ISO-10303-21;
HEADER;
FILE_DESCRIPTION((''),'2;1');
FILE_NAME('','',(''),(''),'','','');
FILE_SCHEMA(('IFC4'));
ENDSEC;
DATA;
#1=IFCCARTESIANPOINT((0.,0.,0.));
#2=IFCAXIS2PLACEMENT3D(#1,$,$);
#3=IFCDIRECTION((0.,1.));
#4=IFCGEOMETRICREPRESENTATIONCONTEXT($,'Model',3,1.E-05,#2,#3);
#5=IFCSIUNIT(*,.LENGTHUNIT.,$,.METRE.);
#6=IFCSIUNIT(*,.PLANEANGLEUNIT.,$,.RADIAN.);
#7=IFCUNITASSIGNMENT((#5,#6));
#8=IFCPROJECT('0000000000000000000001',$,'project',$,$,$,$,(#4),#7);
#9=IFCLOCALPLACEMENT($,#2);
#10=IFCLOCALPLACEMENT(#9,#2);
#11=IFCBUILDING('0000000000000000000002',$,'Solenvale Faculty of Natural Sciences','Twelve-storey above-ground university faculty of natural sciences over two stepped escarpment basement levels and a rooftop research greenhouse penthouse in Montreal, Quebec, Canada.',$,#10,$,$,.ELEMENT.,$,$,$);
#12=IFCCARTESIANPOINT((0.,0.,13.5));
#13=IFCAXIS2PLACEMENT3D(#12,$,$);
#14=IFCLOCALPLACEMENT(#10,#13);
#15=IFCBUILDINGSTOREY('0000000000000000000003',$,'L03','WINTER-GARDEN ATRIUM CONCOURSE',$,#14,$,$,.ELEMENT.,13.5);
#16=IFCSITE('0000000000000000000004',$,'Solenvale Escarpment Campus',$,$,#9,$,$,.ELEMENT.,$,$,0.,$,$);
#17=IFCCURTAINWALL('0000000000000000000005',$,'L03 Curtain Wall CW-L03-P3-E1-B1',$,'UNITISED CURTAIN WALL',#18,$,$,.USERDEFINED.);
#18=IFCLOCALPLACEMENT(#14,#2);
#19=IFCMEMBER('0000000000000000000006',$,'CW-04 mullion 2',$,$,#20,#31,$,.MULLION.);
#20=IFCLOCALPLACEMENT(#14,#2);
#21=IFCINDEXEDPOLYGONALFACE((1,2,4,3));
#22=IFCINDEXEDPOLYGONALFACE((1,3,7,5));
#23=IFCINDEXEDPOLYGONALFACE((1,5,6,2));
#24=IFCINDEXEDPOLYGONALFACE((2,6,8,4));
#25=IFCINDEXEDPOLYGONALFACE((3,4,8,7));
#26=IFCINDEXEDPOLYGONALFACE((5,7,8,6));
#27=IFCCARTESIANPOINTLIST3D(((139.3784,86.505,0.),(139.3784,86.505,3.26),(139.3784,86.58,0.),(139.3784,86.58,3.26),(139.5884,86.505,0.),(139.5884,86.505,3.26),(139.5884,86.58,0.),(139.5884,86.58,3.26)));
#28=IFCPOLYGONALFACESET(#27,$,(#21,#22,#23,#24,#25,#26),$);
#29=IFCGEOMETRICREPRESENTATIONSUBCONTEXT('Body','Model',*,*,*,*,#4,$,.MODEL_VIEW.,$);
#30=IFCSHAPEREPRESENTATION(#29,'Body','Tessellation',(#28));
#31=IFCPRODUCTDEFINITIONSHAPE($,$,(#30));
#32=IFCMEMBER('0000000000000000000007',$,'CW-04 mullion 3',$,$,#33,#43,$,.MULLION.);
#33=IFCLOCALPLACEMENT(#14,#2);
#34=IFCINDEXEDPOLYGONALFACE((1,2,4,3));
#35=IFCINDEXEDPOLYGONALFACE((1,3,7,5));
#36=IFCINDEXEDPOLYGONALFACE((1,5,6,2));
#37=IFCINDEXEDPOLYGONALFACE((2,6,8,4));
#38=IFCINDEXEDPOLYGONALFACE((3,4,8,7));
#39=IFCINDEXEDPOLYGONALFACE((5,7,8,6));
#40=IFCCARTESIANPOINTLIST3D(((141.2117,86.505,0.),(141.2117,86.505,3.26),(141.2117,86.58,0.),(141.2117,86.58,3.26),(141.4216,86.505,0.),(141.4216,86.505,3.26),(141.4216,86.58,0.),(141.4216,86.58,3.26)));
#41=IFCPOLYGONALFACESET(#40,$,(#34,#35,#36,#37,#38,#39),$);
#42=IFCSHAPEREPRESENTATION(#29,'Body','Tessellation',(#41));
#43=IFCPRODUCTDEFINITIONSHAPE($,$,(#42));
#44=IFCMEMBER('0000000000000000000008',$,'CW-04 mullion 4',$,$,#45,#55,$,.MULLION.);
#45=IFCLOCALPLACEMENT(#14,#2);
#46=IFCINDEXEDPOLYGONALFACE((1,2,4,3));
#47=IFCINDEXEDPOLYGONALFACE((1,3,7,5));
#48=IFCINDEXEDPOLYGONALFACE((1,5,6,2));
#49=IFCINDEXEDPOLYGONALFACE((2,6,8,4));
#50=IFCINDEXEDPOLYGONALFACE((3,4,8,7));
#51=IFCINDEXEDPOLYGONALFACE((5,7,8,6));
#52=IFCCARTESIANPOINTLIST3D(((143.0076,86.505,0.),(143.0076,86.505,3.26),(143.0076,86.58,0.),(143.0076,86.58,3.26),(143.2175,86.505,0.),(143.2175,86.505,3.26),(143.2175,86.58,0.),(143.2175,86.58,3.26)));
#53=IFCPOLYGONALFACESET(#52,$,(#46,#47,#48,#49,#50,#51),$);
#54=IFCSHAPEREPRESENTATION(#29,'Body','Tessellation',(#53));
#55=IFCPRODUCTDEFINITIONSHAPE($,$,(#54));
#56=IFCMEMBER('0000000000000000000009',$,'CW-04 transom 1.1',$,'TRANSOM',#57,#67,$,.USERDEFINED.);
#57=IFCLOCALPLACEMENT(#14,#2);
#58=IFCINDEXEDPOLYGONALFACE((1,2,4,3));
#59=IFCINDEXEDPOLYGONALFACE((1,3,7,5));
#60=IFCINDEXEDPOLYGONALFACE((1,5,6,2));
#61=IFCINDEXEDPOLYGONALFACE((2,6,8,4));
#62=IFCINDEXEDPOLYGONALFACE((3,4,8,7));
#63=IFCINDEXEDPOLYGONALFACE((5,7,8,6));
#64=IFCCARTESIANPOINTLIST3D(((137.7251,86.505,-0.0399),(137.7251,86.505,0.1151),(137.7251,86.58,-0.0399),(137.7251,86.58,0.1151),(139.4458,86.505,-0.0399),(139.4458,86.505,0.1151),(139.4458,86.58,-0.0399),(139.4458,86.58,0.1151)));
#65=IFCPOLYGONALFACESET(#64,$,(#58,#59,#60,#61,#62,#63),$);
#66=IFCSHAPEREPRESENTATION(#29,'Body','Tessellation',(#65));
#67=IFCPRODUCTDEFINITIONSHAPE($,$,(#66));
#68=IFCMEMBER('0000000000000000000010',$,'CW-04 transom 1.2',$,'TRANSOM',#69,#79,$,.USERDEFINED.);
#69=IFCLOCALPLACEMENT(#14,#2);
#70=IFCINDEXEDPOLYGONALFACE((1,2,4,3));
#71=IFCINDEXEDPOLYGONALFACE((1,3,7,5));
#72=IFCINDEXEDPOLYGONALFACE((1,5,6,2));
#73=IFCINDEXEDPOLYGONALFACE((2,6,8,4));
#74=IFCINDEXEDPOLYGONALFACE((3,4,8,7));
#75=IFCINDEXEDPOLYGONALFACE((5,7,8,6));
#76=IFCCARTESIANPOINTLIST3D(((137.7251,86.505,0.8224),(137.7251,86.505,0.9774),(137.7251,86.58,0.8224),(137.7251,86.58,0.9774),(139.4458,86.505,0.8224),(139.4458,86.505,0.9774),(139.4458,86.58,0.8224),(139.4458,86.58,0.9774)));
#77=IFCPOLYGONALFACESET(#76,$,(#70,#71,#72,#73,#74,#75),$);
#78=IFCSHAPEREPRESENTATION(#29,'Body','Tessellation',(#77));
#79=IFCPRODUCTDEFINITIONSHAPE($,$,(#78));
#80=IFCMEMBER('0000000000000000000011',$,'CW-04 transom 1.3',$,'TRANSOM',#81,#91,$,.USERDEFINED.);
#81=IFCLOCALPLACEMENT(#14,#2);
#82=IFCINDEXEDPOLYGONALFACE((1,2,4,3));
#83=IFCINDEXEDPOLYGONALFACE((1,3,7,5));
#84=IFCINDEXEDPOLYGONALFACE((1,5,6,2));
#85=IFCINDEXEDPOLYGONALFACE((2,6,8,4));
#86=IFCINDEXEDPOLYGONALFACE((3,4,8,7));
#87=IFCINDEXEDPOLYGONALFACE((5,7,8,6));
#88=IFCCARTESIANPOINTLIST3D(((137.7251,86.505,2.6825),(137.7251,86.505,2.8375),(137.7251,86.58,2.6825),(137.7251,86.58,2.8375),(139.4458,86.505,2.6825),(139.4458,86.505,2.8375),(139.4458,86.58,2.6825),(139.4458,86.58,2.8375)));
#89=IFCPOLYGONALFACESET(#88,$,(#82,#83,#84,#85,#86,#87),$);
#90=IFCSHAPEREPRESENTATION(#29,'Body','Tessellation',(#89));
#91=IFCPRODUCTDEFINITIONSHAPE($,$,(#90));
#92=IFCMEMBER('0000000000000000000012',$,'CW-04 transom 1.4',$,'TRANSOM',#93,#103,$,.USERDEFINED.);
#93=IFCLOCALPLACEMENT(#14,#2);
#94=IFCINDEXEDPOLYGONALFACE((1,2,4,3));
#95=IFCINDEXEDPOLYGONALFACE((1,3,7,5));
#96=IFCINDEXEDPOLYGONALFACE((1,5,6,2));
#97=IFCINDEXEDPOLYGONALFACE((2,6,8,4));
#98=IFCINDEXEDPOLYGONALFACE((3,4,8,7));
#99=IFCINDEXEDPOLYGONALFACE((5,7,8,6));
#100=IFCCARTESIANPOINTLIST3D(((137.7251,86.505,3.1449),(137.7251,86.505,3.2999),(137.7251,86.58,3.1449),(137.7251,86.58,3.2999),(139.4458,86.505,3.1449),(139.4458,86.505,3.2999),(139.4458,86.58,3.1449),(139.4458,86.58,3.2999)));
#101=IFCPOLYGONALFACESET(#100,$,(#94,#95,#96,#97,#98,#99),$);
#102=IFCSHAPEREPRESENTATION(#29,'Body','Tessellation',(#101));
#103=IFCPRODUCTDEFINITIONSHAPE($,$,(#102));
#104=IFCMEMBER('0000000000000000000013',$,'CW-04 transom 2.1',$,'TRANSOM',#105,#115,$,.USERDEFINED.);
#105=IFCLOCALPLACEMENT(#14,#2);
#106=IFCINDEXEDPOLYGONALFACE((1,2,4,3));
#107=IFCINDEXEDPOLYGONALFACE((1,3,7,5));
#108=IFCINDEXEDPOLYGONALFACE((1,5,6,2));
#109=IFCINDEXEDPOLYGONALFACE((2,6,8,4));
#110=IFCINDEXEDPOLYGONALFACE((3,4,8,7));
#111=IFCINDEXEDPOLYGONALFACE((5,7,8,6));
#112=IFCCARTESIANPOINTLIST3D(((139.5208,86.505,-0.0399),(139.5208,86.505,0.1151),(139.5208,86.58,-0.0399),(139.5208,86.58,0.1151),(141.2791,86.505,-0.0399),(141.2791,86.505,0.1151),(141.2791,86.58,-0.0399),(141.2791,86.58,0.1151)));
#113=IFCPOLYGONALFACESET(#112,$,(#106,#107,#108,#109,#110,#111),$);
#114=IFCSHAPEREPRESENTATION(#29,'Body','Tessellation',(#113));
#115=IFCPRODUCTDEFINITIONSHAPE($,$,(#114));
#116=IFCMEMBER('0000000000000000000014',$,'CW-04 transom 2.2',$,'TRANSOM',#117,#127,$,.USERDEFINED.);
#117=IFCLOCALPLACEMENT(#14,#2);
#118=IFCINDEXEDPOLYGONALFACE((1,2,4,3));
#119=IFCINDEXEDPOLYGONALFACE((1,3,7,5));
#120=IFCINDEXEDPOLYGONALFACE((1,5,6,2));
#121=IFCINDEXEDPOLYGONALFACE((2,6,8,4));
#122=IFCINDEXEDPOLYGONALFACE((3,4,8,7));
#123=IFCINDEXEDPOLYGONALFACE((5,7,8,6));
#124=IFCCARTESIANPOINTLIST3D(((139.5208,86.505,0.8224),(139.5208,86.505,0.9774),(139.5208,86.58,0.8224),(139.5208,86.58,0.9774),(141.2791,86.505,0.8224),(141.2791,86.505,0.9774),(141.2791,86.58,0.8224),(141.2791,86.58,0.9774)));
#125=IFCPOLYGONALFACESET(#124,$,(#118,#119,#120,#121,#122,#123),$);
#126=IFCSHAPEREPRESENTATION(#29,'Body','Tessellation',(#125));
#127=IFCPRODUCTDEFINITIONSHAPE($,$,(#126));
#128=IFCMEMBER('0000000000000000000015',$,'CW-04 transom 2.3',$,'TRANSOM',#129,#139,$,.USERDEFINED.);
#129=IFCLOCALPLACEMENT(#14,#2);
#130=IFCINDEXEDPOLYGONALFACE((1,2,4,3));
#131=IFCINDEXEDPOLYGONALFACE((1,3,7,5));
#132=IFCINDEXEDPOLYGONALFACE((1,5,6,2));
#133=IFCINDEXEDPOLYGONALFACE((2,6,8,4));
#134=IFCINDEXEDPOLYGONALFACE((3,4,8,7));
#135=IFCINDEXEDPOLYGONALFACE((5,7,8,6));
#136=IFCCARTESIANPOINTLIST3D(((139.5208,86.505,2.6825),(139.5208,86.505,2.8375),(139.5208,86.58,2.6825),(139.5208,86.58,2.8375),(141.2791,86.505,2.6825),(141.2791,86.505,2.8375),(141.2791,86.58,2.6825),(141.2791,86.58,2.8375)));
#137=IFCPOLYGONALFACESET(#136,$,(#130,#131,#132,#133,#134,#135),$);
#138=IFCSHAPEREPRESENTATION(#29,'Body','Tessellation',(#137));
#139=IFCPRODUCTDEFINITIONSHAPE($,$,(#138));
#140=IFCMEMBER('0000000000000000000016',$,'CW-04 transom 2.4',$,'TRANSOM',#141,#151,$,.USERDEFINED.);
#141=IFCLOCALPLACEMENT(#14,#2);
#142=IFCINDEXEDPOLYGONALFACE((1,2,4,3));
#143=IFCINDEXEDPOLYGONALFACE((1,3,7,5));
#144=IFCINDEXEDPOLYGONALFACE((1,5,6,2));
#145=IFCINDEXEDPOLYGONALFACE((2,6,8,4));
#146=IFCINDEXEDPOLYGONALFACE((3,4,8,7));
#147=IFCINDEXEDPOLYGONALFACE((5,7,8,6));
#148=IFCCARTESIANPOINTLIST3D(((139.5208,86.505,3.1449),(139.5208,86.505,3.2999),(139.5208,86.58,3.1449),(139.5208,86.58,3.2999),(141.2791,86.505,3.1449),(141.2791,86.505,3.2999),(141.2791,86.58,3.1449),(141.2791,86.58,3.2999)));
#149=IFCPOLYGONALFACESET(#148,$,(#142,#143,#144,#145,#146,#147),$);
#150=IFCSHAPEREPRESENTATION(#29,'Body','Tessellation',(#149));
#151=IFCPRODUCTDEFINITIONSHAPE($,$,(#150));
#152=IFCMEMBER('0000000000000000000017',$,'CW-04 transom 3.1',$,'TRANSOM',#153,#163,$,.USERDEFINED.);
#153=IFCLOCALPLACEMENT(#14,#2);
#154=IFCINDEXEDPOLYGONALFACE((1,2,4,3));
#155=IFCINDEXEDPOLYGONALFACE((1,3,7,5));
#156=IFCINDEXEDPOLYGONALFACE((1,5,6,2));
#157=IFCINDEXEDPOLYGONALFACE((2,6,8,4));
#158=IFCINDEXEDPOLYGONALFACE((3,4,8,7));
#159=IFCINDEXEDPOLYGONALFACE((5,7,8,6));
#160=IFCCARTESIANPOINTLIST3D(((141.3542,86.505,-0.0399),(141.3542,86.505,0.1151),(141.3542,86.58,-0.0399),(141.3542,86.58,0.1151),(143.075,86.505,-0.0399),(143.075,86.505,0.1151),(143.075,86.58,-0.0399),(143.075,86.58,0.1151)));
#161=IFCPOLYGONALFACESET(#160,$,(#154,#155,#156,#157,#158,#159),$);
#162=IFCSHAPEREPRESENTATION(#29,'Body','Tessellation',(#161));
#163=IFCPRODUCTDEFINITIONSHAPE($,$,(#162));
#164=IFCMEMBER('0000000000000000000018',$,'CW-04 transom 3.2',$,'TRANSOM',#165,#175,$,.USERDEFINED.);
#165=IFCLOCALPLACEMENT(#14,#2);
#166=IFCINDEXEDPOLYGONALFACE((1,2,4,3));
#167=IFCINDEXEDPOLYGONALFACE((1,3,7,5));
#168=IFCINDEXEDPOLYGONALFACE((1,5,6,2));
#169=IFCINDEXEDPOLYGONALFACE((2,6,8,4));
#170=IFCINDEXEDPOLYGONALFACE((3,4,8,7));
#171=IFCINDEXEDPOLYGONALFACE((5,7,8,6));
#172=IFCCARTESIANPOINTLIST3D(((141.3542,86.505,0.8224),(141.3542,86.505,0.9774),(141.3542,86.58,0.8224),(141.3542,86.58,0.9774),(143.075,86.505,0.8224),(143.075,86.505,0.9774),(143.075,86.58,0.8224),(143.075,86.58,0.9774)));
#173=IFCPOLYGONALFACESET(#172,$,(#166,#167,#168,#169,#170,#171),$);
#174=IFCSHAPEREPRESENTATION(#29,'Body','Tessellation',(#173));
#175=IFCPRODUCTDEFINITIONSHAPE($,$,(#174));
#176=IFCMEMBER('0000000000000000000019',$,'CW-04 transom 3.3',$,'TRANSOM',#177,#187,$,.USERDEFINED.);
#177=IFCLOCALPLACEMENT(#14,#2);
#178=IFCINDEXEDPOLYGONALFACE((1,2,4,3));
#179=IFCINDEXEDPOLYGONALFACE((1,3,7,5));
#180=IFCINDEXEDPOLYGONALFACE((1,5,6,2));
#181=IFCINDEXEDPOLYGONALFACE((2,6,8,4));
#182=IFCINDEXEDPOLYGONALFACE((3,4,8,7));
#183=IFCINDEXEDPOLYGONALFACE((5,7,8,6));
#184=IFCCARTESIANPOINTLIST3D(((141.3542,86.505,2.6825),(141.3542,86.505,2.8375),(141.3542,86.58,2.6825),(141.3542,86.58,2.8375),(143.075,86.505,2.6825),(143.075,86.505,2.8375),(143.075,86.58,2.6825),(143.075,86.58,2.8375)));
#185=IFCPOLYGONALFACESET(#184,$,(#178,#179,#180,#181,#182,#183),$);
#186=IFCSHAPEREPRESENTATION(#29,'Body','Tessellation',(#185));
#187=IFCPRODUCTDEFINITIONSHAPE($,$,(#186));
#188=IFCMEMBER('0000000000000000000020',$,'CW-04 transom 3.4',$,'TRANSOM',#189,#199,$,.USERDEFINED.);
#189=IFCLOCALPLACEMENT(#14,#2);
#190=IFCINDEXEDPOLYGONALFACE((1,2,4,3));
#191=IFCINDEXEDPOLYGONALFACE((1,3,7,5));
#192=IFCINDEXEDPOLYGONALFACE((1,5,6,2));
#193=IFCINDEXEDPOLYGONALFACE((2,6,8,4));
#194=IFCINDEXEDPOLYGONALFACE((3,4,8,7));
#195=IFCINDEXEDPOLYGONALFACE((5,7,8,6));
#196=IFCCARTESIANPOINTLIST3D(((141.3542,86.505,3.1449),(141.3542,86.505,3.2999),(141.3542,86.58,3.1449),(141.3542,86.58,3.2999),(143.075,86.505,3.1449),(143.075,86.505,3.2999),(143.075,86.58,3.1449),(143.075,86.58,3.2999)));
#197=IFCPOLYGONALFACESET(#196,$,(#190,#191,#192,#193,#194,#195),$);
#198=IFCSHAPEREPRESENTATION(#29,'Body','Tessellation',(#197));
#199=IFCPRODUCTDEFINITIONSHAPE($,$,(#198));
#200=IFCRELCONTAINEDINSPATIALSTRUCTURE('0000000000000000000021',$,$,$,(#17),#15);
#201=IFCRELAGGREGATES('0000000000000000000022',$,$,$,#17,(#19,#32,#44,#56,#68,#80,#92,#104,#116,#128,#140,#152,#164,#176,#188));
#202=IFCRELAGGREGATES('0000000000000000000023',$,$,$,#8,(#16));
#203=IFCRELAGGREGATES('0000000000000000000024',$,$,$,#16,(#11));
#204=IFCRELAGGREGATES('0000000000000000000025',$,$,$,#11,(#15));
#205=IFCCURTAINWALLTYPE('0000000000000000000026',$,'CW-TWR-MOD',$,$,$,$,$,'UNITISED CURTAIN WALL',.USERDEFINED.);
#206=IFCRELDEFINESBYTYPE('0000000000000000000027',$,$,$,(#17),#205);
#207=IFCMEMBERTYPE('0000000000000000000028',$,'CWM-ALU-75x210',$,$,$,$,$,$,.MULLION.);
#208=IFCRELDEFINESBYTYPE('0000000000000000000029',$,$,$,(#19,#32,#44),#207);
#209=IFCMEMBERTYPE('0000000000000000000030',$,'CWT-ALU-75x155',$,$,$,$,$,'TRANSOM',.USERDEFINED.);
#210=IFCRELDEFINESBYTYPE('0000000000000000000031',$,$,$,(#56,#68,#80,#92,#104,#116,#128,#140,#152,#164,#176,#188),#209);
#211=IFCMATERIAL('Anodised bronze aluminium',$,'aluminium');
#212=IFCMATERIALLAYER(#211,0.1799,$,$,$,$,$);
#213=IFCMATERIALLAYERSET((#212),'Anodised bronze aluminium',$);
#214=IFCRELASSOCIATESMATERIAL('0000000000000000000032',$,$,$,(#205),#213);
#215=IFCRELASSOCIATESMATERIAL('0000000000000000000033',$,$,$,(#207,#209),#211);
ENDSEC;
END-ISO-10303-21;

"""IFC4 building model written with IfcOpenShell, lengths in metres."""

from ifc_helpers import new_model, si_unit, direction, frame, origin, origin_2d, place, context, subcontext, project, spatial, rectangle, extrude, material, layer, layer_set, material_profile, profile_set, type_object, element, aggregate, save


model = new_model("IFC4")

# Units and contexts
model_context = context("Model", 3, precision=1e-05, world=origin(), true_north=direction((0.0, 1.0)))
body_context = subcontext(model_context, "Body", "Model", "MODEL_VIEW")
ifc_project = project(units=[si_unit("LENGTHUNIT", "METRE"), si_unit("PLANEANGLEUNIT", "RADIAN")], contexts=[model_context])

# Site, building, storey
site_placement = place(None, origin())
site = spatial("IfcSite", under=ifc_project, at=site_placement, Name="Solenvale Escarpment Campus", CompositionType="ELEMENT", RefElevation=0.0)
building_placement = place(site_placement, origin())
building = spatial("IfcBuilding", under=site, at=building_placement, Name="Solenvale Faculty of Natural Sciences", Description="Twelve-storey above-ground university faculty of natural sciences over two stepped escarpment basement levels and a rooftop research greenhouse penthouse in Montreal, Quebec, Canada.", CompositionType="ELEMENT")
storey_placement = place(building_placement, frame((0.0, 0.0, 13.5)))
storey = spatial("IfcBuildingStorey", under=building, at=storey_placement, Name="L03", Description="WINTER-GARDEN ATRIUM CONCOURSE", CompositionType="ELEMENT", Elevation=13.5)

# Curtain wall, members
ifc_material = material(Name="Anodised bronze aluminium", Category="aluminium")
ifc_layer_1 = layer(ifc_material, 0.1799)
ifc_layer_set_1 = layer_set([ifc_layer_1], Name="Anodised bronze aluminium")
curtain_wall_type = type_object("IfcCurtainWallType", Name="CW-TWR-MOD", ElementType="UNITISED CURTAIN WALL", PredefinedType="USERDEFINED", material=ifc_layer_set_1)
curtain_wall_placement = place(storey_placement, origin())
curtain_wall = element("IfcCurtainWall", 1, at=curtain_wall_placement, inside=storey, type_object=curtain_wall_type, Name="L03 Curtain Wall CW-L03-P3-E1-B1", ObjectType="UNITISED CURTAIN WALL", PredefinedType="USERDEFINED")
ifc_material_profile_1 = material_profile(ifc_material, rectangle(XDim=0.075, YDim=0.21, at=origin_2d()), Name="ALU-MUL-75x210")
ifc_profile_set_1 = profile_set([ifc_material_profile_1], Name="Anodised bronze aluminium")
member_type_1 = type_object("IfcMemberType", Name="CWM-ALU-75x210", PredefinedType="MULLION", material=ifc_profile_set_1)
member_1_placement = place(storey_placement, frame((139.4834, 86.5425, 0.0), z_axis=(0.0, 0.0, 1.0), x_axis=(0.0, 1.0, 0.0)))
member_1 = element("IfcMember", 2, at=member_1_placement, type_object=member_type_1, Name="CW-04 mullion 2", PredefinedType="MULLION", context=body_context, shape_type="SweptSolid", body=[
    extrude(rectangle(XDim=0.075, YDim=0.21, at=origin_2d()), origin(), (0.0, 0.0, 1.0), 3.26),
])
member_2_placement = place(storey_placement, frame((141.3167, 86.5425, 0.0), z_axis=(0.0, 0.0, 1.0), x_axis=(0.0, 1.0, 0.0)))
member_2 = element("IfcMember", 3, at=member_2_placement, type_object=member_type_1, Name="CW-04 mullion 3", PredefinedType="MULLION", context=body_context, shape_type="SweptSolid", body=[
    extrude(rectangle(XDim=0.075, YDim=0.21, at=origin_2d()), origin(), (0.0, 0.0, 1.0), 3.26),
])
member_3_placement = place(storey_placement, frame((143.1125, 86.5425, 0.0), z_axis=(0.0, 0.0, 1.0), x_axis=(0.0, 1.0, 0.0)))
member_3 = element("IfcMember", 4, at=member_3_placement, type_object=member_type_1, Name="CW-04 mullion 4", PredefinedType="MULLION", context=body_context, shape_type="SweptSolid", body=[
    extrude(rectangle(XDim=0.075, YDim=0.21, at=origin_2d()), origin(), (0.0, 0.0, 1.0), 3.26),
])
ifc_material_profile_2 = material_profile(ifc_material, rectangle(XDim=0.075, YDim=0.155, at=origin_2d()), Name="ALU-TRN-75x155")
ifc_profile_set_2 = profile_set([ifc_material_profile_2], Name="Anodised bronze aluminium")
member_type_2 = type_object("IfcMemberType", Name="CWT-ALU-75x155", ElementType="TRANSOM", PredefinedType="USERDEFINED", material=ifc_profile_set_2)
member_4_placement = place(storey_placement, frame((137.7251, 86.5425, 0.0376), z_axis=(1.0, 0.0, 0.0), x_axis=(0.0, 1.0, 0.0)))
member_4 = element("IfcMember", 5, at=member_4_placement, type_object=member_type_2, Name="CW-04 transom 1.1", ObjectType="TRANSOM", PredefinedType="USERDEFINED", context=body_context, shape_type="SweptSolid", body=[
    extrude(rectangle(XDim=0.075, YDim=0.155, at=origin_2d()), origin(), (0.0, 0.0, 1.0), 1.7207),
])
member_5_placement = place(storey_placement, frame((137.7251, 86.5425, 0.8999), z_axis=(1.0, 0.0, 0.0), x_axis=(0.0, 1.0, 0.0)))
member_5 = element("IfcMember", 6, at=member_5_placement, type_object=member_type_2, Name="CW-04 transom 1.2", ObjectType="TRANSOM", PredefinedType="USERDEFINED", context=body_context, shape_type="SweptSolid", body=[
    extrude(rectangle(XDim=0.075, YDim=0.155, at=origin_2d()), origin(), (0.0, 0.0, 1.0), 1.7207),
])
member_6_placement = place(storey_placement, frame((137.7251, 86.5425, 2.76), z_axis=(1.0, 0.0, 0.0), x_axis=(0.0, 1.0, 0.0)))
member_6 = element("IfcMember", 7, at=member_6_placement, type_object=member_type_2, Name="CW-04 transom 1.3", ObjectType="TRANSOM", PredefinedType="USERDEFINED", context=body_context, shape_type="SweptSolid", body=[
    extrude(rectangle(XDim=0.075, YDim=0.155, at=origin_2d()), origin(), (0.0, 0.0, 1.0), 1.7207),
])
member_7_placement = place(storey_placement, frame((137.7251, 86.5425, 3.2224), z_axis=(1.0, 0.0, 0.0), x_axis=(0.0, 1.0, 0.0)))
member_7 = element("IfcMember", 8, at=member_7_placement, type_object=member_type_2, Name="CW-04 transom 1.4", ObjectType="TRANSOM", PredefinedType="USERDEFINED", context=body_context, shape_type="SweptSolid", body=[
    extrude(rectangle(XDim=0.075, YDim=0.155, at=origin_2d()), origin(), (0.0, 0.0, 1.0), 1.7207),
])
member_8_placement = place(storey_placement, frame((139.5208, 86.5425, 0.0376), z_axis=(1.0, 0.0, 0.0), x_axis=(0.0, 1.0, 0.0)))
member_8 = element("IfcMember", 9, at=member_8_placement, type_object=member_type_2, Name="CW-04 transom 2.1", ObjectType="TRANSOM", PredefinedType="USERDEFINED", context=body_context, shape_type="SweptSolid", body=[
    extrude(rectangle(XDim=0.075, YDim=0.155, at=origin_2d()), origin(), (0.0, 0.0, 1.0), 1.7583),
])
member_9_placement = place(storey_placement, frame((139.5208, 86.5425, 0.8999), z_axis=(1.0, 0.0, 0.0), x_axis=(0.0, 1.0, 0.0)))
member_9 = element("IfcMember", 10, at=member_9_placement, type_object=member_type_2, Name="CW-04 transom 2.2", ObjectType="TRANSOM", PredefinedType="USERDEFINED", context=body_context, shape_type="SweptSolid", body=[
    extrude(rectangle(XDim=0.075, YDim=0.155, at=origin_2d()), origin(), (0.0, 0.0, 1.0), 1.7583),
])
member_10_placement = place(storey_placement, frame((139.5208, 86.5425, 2.76), z_axis=(1.0, 0.0, 0.0), x_axis=(0.0, 1.0, 0.0)))
member_10 = element("IfcMember", 11, at=member_10_placement, type_object=member_type_2, Name="CW-04 transom 2.3", ObjectType="TRANSOM", PredefinedType="USERDEFINED", context=body_context, shape_type="SweptSolid", body=[
    extrude(rectangle(XDim=0.075, YDim=0.155, at=origin_2d()), origin(), (0.0, 0.0, 1.0), 1.7583),
])
member_11_placement = place(storey_placement, frame((139.5208, 86.5425, 3.2224), z_axis=(1.0, 0.0, 0.0), x_axis=(0.0, 1.0, 0.0)))
member_11 = element("IfcMember", 12, at=member_11_placement, type_object=member_type_2, Name="CW-04 transom 2.4", ObjectType="TRANSOM", PredefinedType="USERDEFINED", context=body_context, shape_type="SweptSolid", body=[
    extrude(rectangle(XDim=0.075, YDim=0.155, at=origin_2d()), origin(), (0.0, 0.0, 1.0), 1.7583),
])
member_12_placement = place(storey_placement, frame((141.3542, 86.5425, 0.0376), z_axis=(1.0, 0.0, 0.0), x_axis=(0.0, 1.0, 0.0)))
member_12 = element("IfcMember", 13, at=member_12_placement, type_object=member_type_2, Name="CW-04 transom 3.1", ObjectType="TRANSOM", PredefinedType="USERDEFINED", context=body_context, shape_type="SweptSolid", body=[
    extrude(rectangle(XDim=0.075, YDim=0.155, at=origin_2d()), origin(), (0.0, 0.0, 1.0), 1.7207),
])
member_13_placement = place(storey_placement, frame((141.3542, 86.5425, 0.8999), z_axis=(1.0, 0.0, 0.0), x_axis=(0.0, 1.0, 0.0)))
member_13 = element("IfcMember", 14, at=member_13_placement, type_object=member_type_2, Name="CW-04 transom 3.2", ObjectType="TRANSOM", PredefinedType="USERDEFINED", context=body_context, shape_type="SweptSolid", body=[
    extrude(rectangle(XDim=0.075, YDim=0.155, at=origin_2d()), origin(), (0.0, 0.0, 1.0), 1.7207),
])
member_14_placement = place(storey_placement, frame((141.3542, 86.5425, 2.76), z_axis=(1.0, 0.0, 0.0), x_axis=(0.0, 1.0, 0.0)))
member_14 = element("IfcMember", 15, at=member_14_placement, type_object=member_type_2, Name="CW-04 transom 3.3", ObjectType="TRANSOM", PredefinedType="USERDEFINED", context=body_context, shape_type="SweptSolid", body=[
    extrude(rectangle(XDim=0.075, YDim=0.155, at=origin_2d()), origin(), (0.0, 0.0, 1.0), 1.7207),
])
member_15_placement = place(storey_placement, frame((141.3542, 86.5425, 3.2224), z_axis=(1.0, 0.0, 0.0), x_axis=(0.0, 1.0, 0.0)))
member_15 = element("IfcMember", 16, at=member_15_placement, type_object=member_type_2, Name="CW-04 transom 3.4", ObjectType="TRANSOM", PredefinedType="USERDEFINED", context=body_context, shape_type="SweptSolid", body=[
    extrude(rectangle(XDim=0.075, YDim=0.155, at=origin_2d()), origin(), (0.0, 0.0, 1.0), 1.7207),
])
aggregate(curtain_wall, [member_1, member_2, member_3, member_4, member_5, member_6, member_7, member_8, member_9, member_10, member_11, member_12, member_13, member_14, member_15])

save(model, "model.ifc")
